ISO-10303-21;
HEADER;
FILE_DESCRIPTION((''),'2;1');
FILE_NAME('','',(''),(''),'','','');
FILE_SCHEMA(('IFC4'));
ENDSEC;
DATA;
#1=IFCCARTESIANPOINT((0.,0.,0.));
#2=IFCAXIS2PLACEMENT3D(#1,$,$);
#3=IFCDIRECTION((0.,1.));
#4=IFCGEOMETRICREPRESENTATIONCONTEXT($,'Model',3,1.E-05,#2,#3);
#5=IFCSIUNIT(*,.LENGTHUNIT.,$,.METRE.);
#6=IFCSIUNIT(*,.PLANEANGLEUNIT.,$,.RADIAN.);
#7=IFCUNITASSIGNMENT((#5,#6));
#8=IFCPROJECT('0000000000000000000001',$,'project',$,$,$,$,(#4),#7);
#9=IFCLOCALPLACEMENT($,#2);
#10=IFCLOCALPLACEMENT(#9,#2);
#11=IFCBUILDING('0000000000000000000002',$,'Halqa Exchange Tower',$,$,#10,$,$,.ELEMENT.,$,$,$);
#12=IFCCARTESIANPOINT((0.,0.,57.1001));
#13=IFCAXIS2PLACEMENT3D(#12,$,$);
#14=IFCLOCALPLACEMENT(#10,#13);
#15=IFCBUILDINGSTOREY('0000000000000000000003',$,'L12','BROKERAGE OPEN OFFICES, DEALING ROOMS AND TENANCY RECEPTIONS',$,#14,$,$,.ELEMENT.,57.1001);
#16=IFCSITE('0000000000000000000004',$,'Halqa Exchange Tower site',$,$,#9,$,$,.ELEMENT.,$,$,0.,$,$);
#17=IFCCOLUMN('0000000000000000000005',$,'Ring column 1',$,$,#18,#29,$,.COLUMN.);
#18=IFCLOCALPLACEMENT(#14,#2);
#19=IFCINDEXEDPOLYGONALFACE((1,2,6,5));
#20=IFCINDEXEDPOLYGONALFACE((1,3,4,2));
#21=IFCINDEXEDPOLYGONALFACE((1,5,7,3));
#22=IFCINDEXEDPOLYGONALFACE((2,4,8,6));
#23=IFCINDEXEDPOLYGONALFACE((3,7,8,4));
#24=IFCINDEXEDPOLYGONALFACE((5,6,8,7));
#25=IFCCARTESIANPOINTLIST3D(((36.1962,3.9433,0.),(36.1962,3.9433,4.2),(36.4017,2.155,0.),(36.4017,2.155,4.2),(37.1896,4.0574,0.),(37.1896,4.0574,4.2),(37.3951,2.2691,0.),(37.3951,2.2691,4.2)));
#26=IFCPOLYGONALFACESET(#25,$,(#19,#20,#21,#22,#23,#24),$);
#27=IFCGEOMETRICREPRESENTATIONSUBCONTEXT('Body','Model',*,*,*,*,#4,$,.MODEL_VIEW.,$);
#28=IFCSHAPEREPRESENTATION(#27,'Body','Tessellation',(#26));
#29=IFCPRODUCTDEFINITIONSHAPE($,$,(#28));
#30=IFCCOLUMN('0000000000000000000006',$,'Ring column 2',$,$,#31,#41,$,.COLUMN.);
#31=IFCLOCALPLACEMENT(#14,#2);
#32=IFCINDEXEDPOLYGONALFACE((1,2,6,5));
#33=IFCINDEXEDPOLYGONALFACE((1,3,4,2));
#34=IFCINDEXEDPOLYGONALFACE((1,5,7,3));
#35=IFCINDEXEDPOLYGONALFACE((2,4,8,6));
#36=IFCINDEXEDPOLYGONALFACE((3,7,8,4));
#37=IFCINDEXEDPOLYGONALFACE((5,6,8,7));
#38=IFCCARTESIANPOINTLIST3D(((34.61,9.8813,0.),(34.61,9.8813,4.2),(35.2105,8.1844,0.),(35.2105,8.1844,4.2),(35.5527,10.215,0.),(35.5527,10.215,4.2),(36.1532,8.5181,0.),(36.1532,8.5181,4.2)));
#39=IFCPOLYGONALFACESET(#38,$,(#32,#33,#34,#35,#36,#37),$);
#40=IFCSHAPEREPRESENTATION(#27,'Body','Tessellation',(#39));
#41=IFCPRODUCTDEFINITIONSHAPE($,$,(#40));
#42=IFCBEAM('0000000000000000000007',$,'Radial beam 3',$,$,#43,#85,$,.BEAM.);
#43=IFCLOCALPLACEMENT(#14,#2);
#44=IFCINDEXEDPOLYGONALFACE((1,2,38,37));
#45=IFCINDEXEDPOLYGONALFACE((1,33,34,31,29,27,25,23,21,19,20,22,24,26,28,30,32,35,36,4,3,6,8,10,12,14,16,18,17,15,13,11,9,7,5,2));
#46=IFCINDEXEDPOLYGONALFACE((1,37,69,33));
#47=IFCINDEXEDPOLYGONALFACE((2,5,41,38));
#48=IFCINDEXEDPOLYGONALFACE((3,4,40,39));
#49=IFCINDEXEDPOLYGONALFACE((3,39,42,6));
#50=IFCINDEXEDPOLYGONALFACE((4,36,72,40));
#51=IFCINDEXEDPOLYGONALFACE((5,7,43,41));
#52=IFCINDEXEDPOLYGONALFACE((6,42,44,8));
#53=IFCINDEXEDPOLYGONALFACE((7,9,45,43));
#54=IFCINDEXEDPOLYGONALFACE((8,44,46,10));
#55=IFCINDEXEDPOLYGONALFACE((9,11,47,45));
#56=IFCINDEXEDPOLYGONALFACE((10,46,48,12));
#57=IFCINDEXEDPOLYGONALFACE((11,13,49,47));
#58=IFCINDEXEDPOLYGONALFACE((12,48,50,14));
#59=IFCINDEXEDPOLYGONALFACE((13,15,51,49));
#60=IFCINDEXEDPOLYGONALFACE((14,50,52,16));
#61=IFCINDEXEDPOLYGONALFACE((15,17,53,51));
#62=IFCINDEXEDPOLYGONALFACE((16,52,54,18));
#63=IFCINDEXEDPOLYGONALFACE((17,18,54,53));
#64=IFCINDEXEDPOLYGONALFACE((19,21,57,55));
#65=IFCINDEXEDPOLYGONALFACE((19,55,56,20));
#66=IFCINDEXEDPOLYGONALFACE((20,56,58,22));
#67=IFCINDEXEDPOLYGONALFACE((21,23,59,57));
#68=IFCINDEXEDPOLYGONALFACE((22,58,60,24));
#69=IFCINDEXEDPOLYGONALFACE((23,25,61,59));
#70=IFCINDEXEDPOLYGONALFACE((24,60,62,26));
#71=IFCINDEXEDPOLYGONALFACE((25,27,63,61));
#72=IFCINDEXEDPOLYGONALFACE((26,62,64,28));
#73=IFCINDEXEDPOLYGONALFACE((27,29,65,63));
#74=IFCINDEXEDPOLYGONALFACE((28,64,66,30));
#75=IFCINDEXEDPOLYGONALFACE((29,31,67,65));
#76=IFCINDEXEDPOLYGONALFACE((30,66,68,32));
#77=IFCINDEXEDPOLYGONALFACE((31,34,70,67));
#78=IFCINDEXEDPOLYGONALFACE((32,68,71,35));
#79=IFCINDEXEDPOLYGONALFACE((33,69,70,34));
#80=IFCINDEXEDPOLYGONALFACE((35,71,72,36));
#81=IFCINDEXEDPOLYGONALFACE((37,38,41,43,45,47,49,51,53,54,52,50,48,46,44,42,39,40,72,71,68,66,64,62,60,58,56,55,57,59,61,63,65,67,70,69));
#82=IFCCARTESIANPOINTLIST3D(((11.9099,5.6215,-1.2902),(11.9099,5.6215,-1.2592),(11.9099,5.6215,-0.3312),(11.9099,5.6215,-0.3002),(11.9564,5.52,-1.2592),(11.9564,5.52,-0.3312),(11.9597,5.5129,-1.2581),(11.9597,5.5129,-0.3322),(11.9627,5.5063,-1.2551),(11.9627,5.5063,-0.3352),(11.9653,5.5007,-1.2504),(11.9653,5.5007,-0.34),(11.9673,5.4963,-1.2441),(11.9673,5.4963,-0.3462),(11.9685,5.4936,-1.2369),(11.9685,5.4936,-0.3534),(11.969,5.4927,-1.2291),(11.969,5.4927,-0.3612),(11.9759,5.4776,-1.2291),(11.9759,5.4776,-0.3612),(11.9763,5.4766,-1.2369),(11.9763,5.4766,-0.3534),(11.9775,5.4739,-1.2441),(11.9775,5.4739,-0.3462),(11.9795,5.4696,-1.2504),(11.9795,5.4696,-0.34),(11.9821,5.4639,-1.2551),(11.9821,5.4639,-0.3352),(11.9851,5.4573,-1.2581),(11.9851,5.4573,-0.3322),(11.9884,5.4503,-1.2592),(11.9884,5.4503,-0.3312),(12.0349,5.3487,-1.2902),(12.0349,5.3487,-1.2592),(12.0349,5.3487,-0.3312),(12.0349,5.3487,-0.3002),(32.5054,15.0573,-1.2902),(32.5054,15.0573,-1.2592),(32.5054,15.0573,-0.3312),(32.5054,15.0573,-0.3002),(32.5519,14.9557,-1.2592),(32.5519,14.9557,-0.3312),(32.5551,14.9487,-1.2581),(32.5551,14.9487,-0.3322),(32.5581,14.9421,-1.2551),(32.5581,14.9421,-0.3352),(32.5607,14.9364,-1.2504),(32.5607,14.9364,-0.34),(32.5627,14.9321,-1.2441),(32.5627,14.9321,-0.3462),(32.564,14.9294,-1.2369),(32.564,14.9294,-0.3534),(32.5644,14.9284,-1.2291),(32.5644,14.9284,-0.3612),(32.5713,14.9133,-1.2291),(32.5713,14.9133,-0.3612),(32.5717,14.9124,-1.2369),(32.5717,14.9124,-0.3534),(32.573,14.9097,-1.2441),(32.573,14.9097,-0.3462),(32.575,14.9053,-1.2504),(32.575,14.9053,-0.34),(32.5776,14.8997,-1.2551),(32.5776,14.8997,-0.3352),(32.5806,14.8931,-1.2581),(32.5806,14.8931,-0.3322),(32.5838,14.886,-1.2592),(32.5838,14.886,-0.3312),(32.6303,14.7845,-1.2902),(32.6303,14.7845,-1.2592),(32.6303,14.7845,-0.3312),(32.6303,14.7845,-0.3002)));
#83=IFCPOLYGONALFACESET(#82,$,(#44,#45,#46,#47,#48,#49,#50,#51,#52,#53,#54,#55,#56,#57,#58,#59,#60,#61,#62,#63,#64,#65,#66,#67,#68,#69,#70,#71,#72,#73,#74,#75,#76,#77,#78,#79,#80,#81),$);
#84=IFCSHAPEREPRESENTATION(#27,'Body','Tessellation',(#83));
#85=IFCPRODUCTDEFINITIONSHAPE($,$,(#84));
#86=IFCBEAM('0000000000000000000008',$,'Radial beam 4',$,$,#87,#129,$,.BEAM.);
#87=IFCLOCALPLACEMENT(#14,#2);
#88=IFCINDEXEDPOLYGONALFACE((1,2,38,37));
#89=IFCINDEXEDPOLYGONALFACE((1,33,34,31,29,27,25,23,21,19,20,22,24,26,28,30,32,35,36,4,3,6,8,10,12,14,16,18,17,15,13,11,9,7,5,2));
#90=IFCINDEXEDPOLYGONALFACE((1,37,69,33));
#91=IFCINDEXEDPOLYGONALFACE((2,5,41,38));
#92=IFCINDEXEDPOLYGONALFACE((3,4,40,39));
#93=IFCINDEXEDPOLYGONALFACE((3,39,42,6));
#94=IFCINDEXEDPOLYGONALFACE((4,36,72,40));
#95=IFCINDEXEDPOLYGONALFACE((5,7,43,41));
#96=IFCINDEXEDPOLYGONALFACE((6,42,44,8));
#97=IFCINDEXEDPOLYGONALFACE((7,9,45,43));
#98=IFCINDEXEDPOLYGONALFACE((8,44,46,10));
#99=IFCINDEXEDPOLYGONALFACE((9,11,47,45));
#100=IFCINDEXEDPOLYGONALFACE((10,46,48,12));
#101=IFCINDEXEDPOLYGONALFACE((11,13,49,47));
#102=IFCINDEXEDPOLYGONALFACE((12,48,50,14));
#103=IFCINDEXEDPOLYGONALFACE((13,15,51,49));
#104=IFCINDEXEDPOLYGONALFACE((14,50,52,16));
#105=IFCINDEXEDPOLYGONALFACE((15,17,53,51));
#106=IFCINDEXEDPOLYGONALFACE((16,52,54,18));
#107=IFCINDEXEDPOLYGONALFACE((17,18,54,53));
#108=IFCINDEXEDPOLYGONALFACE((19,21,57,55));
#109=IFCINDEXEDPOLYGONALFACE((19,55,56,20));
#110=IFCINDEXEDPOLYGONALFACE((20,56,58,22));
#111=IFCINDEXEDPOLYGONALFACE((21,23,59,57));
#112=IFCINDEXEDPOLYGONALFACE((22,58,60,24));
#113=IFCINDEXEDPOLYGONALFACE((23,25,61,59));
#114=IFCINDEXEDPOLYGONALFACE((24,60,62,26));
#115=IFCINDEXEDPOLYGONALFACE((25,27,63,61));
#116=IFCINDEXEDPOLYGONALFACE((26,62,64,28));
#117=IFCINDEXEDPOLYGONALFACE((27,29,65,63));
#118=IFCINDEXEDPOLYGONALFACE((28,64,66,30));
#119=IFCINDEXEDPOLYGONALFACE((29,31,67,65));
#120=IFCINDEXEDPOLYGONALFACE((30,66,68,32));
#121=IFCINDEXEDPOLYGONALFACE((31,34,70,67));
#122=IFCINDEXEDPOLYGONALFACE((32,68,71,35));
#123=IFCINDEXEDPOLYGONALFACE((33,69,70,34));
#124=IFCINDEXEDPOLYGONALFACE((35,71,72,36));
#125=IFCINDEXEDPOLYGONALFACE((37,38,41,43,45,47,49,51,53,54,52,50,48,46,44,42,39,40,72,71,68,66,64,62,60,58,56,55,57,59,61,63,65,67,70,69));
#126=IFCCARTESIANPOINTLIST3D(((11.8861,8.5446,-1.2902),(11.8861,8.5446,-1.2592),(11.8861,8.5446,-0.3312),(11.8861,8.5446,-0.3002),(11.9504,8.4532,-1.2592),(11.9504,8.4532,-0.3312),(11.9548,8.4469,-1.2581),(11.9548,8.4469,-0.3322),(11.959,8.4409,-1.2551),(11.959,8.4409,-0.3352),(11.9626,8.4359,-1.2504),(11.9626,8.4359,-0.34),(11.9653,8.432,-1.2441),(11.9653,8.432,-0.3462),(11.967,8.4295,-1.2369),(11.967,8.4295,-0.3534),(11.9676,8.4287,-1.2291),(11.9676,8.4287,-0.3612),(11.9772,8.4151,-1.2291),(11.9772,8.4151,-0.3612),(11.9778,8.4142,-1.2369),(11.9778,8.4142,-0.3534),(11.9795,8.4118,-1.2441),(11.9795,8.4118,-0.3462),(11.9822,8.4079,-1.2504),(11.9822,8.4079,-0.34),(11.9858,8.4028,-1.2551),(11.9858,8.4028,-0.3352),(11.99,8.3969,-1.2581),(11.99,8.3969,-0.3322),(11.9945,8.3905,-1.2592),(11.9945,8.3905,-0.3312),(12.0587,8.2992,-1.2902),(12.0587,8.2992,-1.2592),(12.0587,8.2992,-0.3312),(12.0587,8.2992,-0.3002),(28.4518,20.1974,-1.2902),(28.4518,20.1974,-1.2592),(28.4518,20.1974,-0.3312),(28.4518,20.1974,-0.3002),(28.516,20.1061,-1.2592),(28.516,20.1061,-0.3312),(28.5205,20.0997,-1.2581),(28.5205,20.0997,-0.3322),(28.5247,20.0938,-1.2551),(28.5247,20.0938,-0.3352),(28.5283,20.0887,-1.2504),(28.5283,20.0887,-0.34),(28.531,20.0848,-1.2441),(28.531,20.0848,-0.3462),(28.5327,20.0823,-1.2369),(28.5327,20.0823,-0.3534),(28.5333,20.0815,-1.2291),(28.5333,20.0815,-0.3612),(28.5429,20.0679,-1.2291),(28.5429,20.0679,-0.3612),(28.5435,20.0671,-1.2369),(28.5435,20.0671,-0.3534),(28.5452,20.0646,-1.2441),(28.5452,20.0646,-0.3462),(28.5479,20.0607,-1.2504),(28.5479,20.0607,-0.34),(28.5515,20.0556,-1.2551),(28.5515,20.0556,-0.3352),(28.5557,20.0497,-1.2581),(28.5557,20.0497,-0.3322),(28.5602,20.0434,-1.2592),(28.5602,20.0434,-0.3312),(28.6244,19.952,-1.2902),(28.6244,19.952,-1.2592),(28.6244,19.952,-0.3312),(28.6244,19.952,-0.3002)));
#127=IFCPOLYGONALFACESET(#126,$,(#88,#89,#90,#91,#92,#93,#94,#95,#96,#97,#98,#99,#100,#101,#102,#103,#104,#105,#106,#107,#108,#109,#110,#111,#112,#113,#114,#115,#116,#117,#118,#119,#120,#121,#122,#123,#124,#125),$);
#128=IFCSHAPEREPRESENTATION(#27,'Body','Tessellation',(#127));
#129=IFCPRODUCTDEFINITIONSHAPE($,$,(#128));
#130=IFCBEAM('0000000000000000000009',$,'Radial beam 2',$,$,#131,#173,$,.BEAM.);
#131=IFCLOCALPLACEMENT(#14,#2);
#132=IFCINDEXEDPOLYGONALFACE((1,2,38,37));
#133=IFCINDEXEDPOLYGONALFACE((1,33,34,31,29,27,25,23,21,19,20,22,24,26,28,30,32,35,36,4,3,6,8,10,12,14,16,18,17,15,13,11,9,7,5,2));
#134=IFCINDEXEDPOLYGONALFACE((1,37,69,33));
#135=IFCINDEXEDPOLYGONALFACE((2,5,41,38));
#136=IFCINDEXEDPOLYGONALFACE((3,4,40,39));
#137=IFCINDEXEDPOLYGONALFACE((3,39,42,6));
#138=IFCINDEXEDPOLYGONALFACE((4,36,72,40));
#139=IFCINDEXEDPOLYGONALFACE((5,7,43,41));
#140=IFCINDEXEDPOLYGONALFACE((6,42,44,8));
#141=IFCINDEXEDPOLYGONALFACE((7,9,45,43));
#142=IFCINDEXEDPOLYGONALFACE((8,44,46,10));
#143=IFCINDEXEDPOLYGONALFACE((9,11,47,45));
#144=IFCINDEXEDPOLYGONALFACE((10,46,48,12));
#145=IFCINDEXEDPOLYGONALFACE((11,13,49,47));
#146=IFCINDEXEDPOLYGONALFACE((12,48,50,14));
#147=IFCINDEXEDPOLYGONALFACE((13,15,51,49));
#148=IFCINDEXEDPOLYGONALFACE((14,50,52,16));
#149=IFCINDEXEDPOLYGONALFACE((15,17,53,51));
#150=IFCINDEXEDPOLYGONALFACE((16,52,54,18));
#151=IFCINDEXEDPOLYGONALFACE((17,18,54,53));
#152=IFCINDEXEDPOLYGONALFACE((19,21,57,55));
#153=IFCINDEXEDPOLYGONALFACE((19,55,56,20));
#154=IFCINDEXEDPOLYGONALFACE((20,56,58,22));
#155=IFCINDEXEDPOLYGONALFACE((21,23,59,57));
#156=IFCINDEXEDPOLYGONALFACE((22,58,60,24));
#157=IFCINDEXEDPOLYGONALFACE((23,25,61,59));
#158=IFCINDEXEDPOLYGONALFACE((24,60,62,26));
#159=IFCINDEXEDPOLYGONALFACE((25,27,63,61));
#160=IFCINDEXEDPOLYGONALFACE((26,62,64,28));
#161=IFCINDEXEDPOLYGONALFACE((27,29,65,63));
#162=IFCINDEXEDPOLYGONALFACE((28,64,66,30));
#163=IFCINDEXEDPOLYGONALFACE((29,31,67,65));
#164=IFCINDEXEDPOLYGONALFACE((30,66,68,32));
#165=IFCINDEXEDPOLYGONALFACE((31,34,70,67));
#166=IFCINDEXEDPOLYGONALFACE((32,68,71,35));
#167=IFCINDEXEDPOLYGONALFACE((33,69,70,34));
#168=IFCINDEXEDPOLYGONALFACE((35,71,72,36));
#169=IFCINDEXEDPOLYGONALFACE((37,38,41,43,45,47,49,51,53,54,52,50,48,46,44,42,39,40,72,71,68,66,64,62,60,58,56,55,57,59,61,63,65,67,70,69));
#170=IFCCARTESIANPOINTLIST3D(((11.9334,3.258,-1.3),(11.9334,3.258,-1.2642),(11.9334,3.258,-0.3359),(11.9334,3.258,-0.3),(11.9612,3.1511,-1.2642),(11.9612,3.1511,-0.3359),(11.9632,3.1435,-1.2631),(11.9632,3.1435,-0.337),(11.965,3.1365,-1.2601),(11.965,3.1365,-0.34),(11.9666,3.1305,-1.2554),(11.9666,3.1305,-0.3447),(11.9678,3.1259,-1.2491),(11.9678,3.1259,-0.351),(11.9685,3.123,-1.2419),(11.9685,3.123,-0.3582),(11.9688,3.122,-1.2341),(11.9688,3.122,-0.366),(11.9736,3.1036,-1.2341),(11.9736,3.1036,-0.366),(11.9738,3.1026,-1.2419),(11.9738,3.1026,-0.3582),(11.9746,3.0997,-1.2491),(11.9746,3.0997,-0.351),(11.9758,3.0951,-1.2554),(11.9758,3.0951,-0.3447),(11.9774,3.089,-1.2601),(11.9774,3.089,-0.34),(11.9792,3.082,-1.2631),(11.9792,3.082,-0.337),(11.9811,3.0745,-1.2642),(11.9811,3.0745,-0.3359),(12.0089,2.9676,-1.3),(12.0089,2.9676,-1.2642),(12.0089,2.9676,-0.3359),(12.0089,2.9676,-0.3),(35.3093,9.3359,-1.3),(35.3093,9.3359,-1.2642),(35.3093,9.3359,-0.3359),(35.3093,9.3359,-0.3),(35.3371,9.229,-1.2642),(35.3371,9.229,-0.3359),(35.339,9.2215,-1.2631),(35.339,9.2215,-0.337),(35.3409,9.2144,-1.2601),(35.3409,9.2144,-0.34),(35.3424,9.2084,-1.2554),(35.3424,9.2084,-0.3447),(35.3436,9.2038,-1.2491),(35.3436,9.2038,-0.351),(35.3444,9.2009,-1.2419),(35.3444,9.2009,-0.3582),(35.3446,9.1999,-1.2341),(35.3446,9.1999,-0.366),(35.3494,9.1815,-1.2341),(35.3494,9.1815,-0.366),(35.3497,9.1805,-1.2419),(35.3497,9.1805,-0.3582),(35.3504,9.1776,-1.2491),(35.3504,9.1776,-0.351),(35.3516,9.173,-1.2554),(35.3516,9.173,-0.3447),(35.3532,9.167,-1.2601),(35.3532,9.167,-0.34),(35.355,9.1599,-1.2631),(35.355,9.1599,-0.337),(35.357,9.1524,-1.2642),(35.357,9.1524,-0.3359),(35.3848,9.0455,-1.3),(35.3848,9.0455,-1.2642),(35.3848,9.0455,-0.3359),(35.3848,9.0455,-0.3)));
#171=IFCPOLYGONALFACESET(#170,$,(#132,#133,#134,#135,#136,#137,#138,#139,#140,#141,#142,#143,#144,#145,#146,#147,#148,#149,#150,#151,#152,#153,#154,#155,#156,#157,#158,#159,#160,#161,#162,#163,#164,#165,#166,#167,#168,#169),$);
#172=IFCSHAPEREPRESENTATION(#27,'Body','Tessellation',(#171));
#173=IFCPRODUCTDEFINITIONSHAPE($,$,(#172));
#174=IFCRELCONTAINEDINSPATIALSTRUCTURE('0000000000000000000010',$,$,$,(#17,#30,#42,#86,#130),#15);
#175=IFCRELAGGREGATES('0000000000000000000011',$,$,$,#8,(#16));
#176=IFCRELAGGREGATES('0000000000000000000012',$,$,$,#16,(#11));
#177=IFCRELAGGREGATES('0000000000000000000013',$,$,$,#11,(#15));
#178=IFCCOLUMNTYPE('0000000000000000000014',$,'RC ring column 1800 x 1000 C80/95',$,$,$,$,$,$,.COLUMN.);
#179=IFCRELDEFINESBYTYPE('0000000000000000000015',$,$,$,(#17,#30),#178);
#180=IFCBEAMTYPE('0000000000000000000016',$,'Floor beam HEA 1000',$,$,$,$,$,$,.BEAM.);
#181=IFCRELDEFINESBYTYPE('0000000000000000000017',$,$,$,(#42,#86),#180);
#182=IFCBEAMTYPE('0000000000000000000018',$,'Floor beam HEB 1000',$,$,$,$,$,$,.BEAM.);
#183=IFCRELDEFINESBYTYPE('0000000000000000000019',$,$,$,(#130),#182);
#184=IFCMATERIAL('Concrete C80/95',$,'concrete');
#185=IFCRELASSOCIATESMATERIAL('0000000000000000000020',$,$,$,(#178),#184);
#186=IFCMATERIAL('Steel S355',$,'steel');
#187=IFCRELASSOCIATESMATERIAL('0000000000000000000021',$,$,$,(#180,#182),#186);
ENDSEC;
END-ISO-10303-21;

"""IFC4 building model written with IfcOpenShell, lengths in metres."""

from ifc_helpers import new_model, si_unit, direction, frame, origin, origin_2d, place, context, subcontext, project, spatial, rectangle, i_section, extrude, material, material_profile, profile_set, type_object, element, save


model = new_model("IFC4")

# Units and contexts
model_context = context("Model", 3, precision=1e-05, world=origin(), true_north=direction((0.0, 1.0)))
body_context = subcontext(model_context, "Body", "Model", "MODEL_VIEW")
ifc_project = project(units=[si_unit("LENGTHUNIT", "METRE"), si_unit("PLANEANGLEUNIT", "RADIAN")], contexts=[model_context])

# Site, building, storey
site_placement = place(None, origin())
site = spatial("IfcSite", under=ifc_project, at=site_placement, Name="Halqa Exchange Tower site", CompositionType="ELEMENT", RefElevation=0.0)
building_placement = place(site_placement, origin())
building = spatial("IfcBuilding", under=site, at=building_placement, Name="Halqa Exchange Tower", CompositionType="ELEMENT")
storey_placement = place(building_placement, frame((0.0, 0.0, 57.1001)))
storey = spatial("IfcBuildingStorey", under=building, at=storey_placement, Name="L12", Description="BROKERAGE OPEN OFFICES, DEALING ROOMS AND TENANCY RECEPTIONS", CompositionType="ELEMENT", Elevation=57.1001)

# Columns
ifc_material_1 = material(Name="Concrete C80/95", Category="concrete")
ifc_material_profile_1 = material_profile(ifc_material_1, rectangle(XDim=1.8, YDim=1.0, at=origin_2d()), Name="1800 x 1000")
ifc_profile_set_1 = profile_set([ifc_material_profile_1], Name="Concrete C80/95")
column_type = type_object("IfcColumnType", Name="RC ring column 1800 x 1000 C80/95", PredefinedType="COLUMN", material=ifc_profile_set_1)
for number, where, z_axis, x_axis, name in (
    (1, (36.7957, 3.1062, 0.0), (0.0, 0.0, 1.0), (-0.11416, 0.993462, 0.0), "Ring column 1"),
    (2, (35.3816, 9.1997, 0.0), (0.0, 0.0, 1.0), (-0.333629, 0.942704, 0.0), "Ring column 2"),
):
    element("IfcColumn", number, at=place(storey_placement, frame(where, z_axis=z_axis, x_axis=x_axis)), inside=storey, type_object=column_type, Name=name, PredefinedType="COLUMN", context=body_context, shape_type="SweptSolid", body=[
        extrude(rectangle(XDim=1.8, YDim=1.0, at=origin_2d()), origin(), (0.0, 0.0, 1.0), 4.2),
    ])

# Beams
ifc_material_2 = material(Name="Steel S355", Category="steel")
ifc_material_profile_2 = material_profile(ifc_material_2, i_section(OverallWidth=0.3, OverallDepth=0.99, WebThickness=0.0166, FlangeThickness=0.031, FilletRadius=0.03, at=origin_2d()), Name="HEA 1000")
ifc_profile_set_2 = profile_set([ifc_material_profile_2], Name="Steel S355")
beam_type_1 = type_object("IfcBeamType", Name="Floor beam HEA 1000", PredefinedType="BEAM", material=ifc_profile_set_2)
beam_1_placement = place(storey_placement, frame((11.9724, 5.4851, -0.7952), z_axis=(0.909128, 0.416516, 0.0), x_axis=(-0.416516, 0.909128, 0.0)))
element("IfcBeam", 3, at=beam_1_placement, inside=storey, type_object=beam_type_1, Name="Radial beam 3", PredefinedType="BEAM", context=body_context, shape_type="SweptSolid", body=[
    extrude(i_section(OverallWidth=0.3, OverallDepth=0.99, WebThickness=0.0166, FlangeThickness=0.031, FilletRadius=0.03, at=origin_2d()), origin(), (0.0, 0.0, 1.0), 22.6541),
])
beam_2_placement = place(storey_placement, frame((11.9724, 8.4219, -0.7952), z_axis=(0.817911, 0.575345, 0.0), x_axis=(-0.575345, 0.817911, 0.0)))
element("IfcBeam", 4, at=beam_2_placement, inside=storey, type_object=beam_type_1, Name="Radial beam 4", PredefinedType="BEAM", context=body_context, shape_type="SweptSolid", body=[
    extrude(i_section(OverallWidth=0.3, OverallDepth=0.99, WebThickness=0.0166, FlangeThickness=0.031, FilletRadius=0.03, at=origin_2d()), origin(), (0.0, 0.0, 1.0), 20.2537),
])
ifc_material_profile_3 = material_profile(ifc_material_2, i_section(OverallWidth=0.3, OverallDepth=1.0, WebThickness=0.019, FlangeThickness=0.0359, FilletRadius=0.03, at=origin_2d()), Name="HEB 1000")
ifc_profile_set_3 = profile_set([ifc_material_profile_3], Name="Steel S355")
beam_type_2 = type_object("IfcBeamType", Name="Floor beam HEB 1000", PredefinedType="BEAM", material=ifc_profile_set_3)
beam_3_placement = place(storey_placement, frame((11.9712, 3.1128, -0.8), z_axis=(0.967821, 0.251641, 0.0), x_axis=(-0.251641, 0.967821, 0.0)))
element("IfcBeam", 5, at=beam_3_placement, inside=storey, type_object=beam_type_2, Name="Radial beam 2", PredefinedType="BEAM", context=body_context, shape_type="SweptSolid", body=[
    extrude(i_section(OverallWidth=0.3, OverallDepth=1.0, WebThickness=0.019, FlangeThickness=0.0359, FilletRadius=0.03, at=origin_2d()), origin(), (0.0, 0.0, 1.0), 24.1531),
])

save(model, "model.ifc")
